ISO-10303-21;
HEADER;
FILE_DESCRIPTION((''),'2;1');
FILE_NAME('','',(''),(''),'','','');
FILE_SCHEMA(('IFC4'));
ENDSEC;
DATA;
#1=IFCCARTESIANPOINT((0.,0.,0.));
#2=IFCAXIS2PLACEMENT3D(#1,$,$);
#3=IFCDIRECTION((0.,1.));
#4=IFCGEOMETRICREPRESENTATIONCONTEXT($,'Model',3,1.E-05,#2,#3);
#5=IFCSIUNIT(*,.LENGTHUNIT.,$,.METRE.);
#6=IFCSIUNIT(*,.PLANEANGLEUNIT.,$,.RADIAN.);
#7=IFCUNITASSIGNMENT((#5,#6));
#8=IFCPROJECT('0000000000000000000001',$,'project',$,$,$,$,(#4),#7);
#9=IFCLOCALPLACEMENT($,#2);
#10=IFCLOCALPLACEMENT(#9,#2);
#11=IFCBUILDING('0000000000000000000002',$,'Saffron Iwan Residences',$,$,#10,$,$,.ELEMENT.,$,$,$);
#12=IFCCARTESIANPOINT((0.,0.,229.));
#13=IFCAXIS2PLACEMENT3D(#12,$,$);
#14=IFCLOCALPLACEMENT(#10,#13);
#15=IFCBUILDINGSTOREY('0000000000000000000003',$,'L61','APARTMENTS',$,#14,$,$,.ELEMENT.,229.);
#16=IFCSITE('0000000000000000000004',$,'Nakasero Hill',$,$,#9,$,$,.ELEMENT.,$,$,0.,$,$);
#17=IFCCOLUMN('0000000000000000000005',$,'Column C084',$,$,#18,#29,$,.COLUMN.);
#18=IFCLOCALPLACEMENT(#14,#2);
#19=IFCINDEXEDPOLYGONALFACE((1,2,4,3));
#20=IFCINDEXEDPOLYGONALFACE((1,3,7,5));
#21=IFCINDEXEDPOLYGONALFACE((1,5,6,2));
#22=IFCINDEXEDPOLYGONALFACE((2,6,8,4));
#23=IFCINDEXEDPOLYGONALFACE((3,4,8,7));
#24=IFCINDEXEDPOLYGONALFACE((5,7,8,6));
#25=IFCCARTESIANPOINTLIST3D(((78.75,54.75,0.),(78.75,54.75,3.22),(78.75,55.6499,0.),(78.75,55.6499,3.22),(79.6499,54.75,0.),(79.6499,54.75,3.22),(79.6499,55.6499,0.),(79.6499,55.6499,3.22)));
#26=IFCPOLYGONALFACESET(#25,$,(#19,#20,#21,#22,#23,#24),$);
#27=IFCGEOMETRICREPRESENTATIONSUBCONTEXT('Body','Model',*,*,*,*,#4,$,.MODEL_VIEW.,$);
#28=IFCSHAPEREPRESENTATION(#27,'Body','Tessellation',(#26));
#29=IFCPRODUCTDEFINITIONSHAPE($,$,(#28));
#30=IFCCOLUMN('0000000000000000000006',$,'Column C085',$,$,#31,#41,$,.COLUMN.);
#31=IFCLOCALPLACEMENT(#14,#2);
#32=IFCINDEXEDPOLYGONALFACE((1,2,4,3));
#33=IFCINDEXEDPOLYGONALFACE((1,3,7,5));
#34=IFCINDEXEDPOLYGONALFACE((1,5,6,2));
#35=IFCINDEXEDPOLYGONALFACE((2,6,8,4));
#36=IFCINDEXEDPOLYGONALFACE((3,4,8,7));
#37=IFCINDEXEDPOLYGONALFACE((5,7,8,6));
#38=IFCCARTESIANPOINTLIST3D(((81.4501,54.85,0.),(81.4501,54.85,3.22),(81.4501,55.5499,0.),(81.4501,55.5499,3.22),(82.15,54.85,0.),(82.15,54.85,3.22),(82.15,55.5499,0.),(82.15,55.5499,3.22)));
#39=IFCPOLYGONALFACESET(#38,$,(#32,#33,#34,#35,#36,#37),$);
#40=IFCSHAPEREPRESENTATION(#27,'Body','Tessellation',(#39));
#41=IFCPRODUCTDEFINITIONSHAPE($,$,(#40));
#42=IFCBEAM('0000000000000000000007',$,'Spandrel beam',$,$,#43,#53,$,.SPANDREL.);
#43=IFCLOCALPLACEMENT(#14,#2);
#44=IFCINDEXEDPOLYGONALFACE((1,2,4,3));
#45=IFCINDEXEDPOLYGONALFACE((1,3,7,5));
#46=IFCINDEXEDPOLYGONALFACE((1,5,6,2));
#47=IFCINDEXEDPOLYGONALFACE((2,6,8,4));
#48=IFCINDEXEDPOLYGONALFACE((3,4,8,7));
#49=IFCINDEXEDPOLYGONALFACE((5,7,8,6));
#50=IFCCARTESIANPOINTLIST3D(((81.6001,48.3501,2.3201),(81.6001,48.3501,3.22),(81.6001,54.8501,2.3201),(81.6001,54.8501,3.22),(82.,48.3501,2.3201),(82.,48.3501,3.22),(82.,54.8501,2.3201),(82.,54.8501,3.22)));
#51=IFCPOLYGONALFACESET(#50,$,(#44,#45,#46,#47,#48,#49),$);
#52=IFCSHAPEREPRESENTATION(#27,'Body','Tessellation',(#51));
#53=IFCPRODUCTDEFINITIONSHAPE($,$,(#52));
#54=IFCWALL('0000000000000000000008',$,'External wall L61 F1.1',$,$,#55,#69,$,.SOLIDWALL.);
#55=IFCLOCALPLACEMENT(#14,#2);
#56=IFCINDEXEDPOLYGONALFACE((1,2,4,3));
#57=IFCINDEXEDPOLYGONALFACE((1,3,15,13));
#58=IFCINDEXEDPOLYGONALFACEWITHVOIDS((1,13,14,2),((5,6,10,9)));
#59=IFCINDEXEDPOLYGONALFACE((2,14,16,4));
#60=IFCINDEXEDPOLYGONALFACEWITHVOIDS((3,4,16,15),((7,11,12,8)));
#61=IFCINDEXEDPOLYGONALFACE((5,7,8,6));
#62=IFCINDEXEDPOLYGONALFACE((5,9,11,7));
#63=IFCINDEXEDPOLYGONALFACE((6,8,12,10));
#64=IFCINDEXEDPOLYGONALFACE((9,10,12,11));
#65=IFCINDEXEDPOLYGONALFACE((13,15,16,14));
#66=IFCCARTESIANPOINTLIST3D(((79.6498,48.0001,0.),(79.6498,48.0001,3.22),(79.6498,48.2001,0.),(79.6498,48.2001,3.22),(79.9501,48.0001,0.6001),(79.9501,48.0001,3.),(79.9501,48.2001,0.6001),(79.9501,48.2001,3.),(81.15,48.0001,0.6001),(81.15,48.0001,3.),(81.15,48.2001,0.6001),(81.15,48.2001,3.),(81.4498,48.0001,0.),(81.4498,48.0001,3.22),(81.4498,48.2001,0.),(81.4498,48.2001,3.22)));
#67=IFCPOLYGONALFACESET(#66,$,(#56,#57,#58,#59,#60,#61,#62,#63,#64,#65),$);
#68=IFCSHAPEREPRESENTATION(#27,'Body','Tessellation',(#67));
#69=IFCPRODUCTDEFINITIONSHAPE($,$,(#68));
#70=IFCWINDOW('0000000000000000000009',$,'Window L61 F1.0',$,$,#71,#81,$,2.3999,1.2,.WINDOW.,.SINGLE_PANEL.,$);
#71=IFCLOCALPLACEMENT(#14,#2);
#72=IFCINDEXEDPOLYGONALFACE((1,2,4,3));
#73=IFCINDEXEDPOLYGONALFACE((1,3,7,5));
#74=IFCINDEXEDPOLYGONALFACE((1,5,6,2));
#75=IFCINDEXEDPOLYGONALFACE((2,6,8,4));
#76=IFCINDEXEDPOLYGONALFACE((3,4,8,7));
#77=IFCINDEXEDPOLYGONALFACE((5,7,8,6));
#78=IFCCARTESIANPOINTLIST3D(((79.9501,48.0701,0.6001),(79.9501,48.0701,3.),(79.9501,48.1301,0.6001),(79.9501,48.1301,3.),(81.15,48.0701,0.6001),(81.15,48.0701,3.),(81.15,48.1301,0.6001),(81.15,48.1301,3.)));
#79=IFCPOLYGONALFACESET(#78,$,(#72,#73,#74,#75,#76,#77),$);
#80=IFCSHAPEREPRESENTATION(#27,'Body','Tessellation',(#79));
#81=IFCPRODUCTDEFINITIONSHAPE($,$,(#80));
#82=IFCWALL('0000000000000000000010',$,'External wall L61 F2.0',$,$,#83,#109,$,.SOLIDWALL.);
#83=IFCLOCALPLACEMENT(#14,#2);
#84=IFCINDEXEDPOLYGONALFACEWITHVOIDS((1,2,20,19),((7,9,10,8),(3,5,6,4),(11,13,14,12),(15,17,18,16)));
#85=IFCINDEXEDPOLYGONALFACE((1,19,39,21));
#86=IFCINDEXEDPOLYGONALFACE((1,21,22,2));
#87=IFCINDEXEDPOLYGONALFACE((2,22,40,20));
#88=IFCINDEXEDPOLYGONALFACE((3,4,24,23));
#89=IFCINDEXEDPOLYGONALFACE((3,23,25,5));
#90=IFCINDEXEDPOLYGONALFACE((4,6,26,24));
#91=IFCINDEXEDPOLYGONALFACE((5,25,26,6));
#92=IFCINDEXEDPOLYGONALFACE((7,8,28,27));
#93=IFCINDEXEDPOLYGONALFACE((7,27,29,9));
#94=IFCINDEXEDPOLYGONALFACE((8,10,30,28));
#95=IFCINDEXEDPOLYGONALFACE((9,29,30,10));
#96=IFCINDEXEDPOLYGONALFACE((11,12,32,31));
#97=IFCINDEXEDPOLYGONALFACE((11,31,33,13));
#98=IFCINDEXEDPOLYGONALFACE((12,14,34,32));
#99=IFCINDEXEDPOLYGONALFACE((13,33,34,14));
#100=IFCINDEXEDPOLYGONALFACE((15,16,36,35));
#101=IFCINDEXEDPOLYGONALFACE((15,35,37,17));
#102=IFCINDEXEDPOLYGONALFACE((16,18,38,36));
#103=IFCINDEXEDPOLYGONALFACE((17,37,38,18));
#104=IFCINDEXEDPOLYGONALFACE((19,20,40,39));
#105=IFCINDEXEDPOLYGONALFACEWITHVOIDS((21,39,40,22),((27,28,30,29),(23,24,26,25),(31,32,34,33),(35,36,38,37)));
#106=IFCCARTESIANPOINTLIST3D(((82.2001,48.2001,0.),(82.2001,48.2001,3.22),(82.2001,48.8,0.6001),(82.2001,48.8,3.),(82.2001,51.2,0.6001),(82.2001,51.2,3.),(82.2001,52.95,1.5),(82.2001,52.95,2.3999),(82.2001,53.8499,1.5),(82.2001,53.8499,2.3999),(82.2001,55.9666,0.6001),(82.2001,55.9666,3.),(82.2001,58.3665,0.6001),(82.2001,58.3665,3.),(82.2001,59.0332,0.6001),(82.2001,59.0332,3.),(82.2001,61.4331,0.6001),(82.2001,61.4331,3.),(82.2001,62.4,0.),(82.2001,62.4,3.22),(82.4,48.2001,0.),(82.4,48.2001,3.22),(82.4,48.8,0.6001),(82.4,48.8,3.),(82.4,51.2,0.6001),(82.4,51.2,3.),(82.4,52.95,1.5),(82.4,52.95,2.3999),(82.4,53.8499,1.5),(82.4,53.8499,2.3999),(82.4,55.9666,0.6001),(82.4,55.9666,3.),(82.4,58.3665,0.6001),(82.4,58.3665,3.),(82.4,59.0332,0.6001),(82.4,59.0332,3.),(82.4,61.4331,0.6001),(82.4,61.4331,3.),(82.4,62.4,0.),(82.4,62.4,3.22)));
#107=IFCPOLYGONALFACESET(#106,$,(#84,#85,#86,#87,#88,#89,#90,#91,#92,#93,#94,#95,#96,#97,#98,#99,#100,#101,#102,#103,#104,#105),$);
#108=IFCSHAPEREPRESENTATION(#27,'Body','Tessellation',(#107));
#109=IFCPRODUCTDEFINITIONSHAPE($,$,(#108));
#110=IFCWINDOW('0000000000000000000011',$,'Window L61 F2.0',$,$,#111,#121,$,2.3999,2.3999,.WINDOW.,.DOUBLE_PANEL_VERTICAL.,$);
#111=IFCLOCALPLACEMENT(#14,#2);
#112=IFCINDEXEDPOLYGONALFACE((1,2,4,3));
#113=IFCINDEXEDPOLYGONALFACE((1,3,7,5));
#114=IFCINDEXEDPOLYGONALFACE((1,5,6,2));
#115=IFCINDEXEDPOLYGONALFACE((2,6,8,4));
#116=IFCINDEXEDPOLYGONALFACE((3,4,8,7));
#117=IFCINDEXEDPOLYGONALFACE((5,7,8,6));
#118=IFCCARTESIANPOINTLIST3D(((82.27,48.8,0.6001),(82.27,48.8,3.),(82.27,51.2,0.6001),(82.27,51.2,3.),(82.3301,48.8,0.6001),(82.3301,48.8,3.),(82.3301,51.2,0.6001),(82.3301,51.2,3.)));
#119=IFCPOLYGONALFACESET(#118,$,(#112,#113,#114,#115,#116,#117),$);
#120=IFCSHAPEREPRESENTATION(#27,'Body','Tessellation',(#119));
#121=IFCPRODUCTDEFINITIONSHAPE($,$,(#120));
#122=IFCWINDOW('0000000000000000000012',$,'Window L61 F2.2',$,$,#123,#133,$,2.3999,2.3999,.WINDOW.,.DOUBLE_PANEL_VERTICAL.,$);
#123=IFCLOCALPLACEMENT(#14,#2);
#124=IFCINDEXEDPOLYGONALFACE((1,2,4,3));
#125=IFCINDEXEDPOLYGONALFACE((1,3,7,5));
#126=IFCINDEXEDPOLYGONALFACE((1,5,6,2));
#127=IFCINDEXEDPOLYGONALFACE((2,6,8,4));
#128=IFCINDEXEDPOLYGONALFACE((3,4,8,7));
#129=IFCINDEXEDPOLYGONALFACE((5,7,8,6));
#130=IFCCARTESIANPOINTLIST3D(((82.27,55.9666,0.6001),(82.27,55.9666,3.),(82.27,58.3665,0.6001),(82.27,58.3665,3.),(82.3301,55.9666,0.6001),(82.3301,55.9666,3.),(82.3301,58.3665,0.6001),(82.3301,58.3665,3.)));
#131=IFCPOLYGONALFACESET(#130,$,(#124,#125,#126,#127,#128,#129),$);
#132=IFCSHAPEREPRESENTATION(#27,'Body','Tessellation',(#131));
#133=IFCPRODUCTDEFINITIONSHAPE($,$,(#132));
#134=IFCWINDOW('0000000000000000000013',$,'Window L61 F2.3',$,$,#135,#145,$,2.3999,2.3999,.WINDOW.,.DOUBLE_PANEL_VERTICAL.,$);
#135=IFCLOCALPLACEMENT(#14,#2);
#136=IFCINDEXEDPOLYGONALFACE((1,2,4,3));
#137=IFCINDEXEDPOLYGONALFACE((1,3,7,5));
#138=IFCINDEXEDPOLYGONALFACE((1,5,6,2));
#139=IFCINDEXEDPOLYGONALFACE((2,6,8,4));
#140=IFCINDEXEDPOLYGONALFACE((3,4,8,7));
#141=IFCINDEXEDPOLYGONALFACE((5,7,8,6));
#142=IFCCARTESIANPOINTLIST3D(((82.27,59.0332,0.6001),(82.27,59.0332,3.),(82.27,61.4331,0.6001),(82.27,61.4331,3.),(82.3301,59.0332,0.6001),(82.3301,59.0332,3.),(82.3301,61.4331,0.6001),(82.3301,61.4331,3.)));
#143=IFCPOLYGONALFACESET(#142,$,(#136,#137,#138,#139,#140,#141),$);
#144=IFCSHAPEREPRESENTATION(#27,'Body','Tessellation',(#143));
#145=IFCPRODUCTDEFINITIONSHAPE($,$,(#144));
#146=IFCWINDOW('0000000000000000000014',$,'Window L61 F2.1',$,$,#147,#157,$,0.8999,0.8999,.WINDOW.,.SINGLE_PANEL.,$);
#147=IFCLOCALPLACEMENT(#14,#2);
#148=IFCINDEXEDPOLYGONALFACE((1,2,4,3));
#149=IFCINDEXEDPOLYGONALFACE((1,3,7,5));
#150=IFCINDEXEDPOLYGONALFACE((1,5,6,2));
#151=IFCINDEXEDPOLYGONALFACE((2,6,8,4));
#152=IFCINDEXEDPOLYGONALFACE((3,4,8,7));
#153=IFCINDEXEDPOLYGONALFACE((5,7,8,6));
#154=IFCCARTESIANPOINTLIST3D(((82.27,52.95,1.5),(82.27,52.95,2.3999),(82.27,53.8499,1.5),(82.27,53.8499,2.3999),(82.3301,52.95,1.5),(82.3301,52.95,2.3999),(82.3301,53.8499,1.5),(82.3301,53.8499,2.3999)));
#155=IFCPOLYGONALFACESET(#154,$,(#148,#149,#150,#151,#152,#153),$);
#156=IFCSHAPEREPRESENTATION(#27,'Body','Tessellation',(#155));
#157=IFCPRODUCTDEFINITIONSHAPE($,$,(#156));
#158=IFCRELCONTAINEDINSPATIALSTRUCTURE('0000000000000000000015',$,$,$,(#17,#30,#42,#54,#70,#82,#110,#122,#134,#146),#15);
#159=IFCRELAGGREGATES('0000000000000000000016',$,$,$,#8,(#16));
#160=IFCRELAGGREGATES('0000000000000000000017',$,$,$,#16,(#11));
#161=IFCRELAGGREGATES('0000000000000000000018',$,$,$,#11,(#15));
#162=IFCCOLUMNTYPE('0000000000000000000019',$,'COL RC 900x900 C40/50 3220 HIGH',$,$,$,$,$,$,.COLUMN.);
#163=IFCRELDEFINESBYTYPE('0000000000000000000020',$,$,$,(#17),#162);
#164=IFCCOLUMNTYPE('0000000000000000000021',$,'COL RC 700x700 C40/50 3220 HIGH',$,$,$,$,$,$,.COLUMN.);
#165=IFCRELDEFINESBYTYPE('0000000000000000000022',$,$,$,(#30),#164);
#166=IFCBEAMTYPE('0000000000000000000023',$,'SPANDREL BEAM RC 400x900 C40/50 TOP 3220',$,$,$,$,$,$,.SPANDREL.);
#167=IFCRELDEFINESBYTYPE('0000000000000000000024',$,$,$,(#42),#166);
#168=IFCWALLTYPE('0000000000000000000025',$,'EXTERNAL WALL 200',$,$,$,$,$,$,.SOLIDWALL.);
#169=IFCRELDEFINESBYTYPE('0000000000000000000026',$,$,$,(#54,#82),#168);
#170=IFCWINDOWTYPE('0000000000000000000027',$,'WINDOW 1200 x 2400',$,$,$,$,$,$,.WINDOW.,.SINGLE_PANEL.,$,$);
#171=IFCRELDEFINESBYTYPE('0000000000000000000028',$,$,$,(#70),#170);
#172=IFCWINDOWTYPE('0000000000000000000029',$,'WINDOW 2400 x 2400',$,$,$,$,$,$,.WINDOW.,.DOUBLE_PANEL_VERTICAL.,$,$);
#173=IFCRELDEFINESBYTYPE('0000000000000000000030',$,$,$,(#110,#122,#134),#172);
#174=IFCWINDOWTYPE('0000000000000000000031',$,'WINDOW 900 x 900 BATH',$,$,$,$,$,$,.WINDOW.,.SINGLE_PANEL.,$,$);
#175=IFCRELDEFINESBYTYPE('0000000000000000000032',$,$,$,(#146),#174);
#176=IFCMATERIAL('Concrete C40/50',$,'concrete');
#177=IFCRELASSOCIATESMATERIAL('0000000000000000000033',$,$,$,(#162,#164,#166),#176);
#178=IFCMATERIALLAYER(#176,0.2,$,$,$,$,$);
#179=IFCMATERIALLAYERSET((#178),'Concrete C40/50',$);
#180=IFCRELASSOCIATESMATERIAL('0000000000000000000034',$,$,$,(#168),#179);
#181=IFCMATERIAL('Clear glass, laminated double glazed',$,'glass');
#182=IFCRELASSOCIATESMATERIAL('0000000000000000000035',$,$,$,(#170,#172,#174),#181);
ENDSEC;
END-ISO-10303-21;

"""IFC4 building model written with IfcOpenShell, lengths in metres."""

from ifc_helpers import new_model, si_unit, direction, frame, frame_2d, origin, origin_2d, place, context, subcontext, project, spatial, rectangle, extrude, source, transform, mapped, material, layer, layer_set, material_profile, profile_set, type_object, element, fill, save


model = new_model("IFC4")

# Units and contexts
model_context = context("Model", 3, precision=1e-05, world=origin(), true_north=direction((0.0, 1.0)))
body_context = subcontext(model_context, "Body", "Model", "MODEL_VIEW")
ifc_project = project(units=[si_unit("LENGTHUNIT", "METRE"), si_unit("PLANEANGLEUNIT", "RADIAN")], contexts=[model_context])

# Site, building, storey
site_placement = place(None, origin())
site = spatial("IfcSite", under=ifc_project, at=site_placement, Name="Nakasero Hill", CompositionType="ELEMENT", RefElevation=0.0)
building_placement = place(site_placement, origin())
building = spatial("IfcBuilding", under=site, at=building_placement, Name="Saffron Iwan Residences", CompositionType="ELEMENT")
storey_placement = place(building_placement, frame((0.0, 0.0, 229.0)))
storey = spatial("IfcBuildingStorey", under=building, at=storey_placement, Name="L61", Description="APARTMENTS", CompositionType="ELEMENT", Elevation=229.0)

# Columns
ifc_material_1 = material(Name="Concrete C40/50", Category="concrete")
ifc_material_profile_1 = material_profile(ifc_material_1, rectangle(XDim=0.8999, YDim=0.8999, at=origin_2d()), Name="RC 900x900")
ifc_profile_set_1 = profile_set([ifc_material_profile_1], Name="Concrete C40/50")
column_type_1 = type_object("IfcColumnType", Name="COL RC 900x900 C40/50 3220 HIGH", PredefinedType="COLUMN", material=ifc_profile_set_1)
shared_shape_1 = source(origin(), body_context, "Body", "SweptSolid", [
    extrude(rectangle(XDim=0.8999, YDim=0.8999, at=origin_2d()), origin(), (0.0, 0.0, 1.0), 3.22),
])
column_1_placement = place(storey_placement, frame((79.2, 55.2, 0.0), z_axis=(0.0, 0.0, 1.0), x_axis=(1.0, 0.0, 0.0)))
element("IfcColumn", 1, at=column_1_placement, inside=storey, type_object=column_type_1, Name="Column C084", PredefinedType="COLUMN", context=body_context, shape_type="MappedRepresentation", body=[
    mapped(shared_shape_1, transform((0.0, 0.0, 0.0))),
])
ifc_material_profile_2 = material_profile(ifc_material_1, rectangle(XDim=0.7, YDim=0.7, at=origin_2d()), Name="RC 700x700")
ifc_profile_set_2 = profile_set([ifc_material_profile_2], Name="Concrete C40/50")
column_type_2 = type_object("IfcColumnType", Name="COL RC 700x700 C40/50 3220 HIGH", PredefinedType="COLUMN", material=ifc_profile_set_2)
shared_shape_2 = source(origin(), body_context, "Body", "SweptSolid", [
    extrude(rectangle(XDim=0.7, YDim=0.7, at=origin_2d()), origin(), (0.0, 0.0, 1.0), 3.22),
])
column_2_placement = place(storey_placement, frame((81.8, 55.2, 0.0), z_axis=(0.0, 0.0, 1.0), x_axis=(1.0, 0.0, 0.0)))
element("IfcColumn", 2, at=column_2_placement, inside=storey, type_object=column_type_2, Name="Column C085", PredefinedType="COLUMN", context=body_context, shape_type="MappedRepresentation", body=[
    mapped(shared_shape_2, transform((0.0, 0.0, 0.0))),
])

# Beam
ifc_material_profile_3 = material_profile(ifc_material_1, rectangle(XDim=0.3999, YDim=0.8999, at=origin_2d()), Name="RC 400x900")
ifc_profile_set_3 = profile_set([ifc_material_profile_3], Name="Concrete C40/50")
beam_type = type_object("IfcBeamType", Name="SPANDREL BEAM RC 400x900 C40/50 TOP 3220", PredefinedType="SPANDREL", material=ifc_profile_set_3)
shared_shape_3 = source(origin(), body_context, "Body", "SweptSolid", [
    extrude(rectangle(XDim=0.3999, YDim=0.8999, at=origin_2d()), origin(), (0.0, 0.0, 1.0), 6.5),
])
beam_placement = place(storey_placement, frame((81.8, 54.8501, 2.77), z_axis=(0.0, -1.0, 0.0), x_axis=(1.0, 0.0, 0.0)))
element("IfcBeam", 3, at=beam_placement, inside=storey, type_object=beam_type, Name="Spandrel beam", PredefinedType="SPANDREL", context=body_context, shape_type="MappedRepresentation", body=[
    mapped(shared_shape_3, transform((0.0, 0.0, 0.0))),
])

# Wall, opening, window
ifc_layer_1 = layer(ifc_material_1, 0.2)
ifc_layer_set_1 = layer_set([ifc_layer_1], Name="Concrete C40/50")
wall_type_1 = type_object("IfcWallType", Name="EXTERNAL WALL 200", PredefinedType="SOLIDWALL", material=ifc_layer_set_1)
wall_1_placement = place(storey_placement, frame((79.6499, 48.1001, 0.0), z_axis=(0.0, 0.0, 1.0), x_axis=(1.0, 0.0, 0.0)))
wall_1 = element("IfcWall", 4, at=wall_1_placement, inside=storey, type_object=wall_type_1, Name="External wall L61 F1.1", PredefinedType="SOLIDWALL", context=body_context, shape_type="SweptSolid", body=[
    extrude(rectangle(XDim=1.8, YDim=0.2, at=frame_2d((0.8999, 0.0))), origin(), (0.0, 0.0, 1.0), 3.22),
])
opening_1_placement = place(wall_1_placement, frame((0.3, 0.0, 0.6001)))
opening_1 = element("IfcOpeningElement", 5, at=opening_1_placement, cuts=wall_1, PredefinedType="OPENING", context=body_context, shape_type="SweptSolid", body=[
    extrude(rectangle(XDim=1.2, YDim=2.3999, at=frame_2d((0.6001, 1.2))), frame((0.0, 0.1099, 0.0), z_axis=(0.0, -1.0, 0.0), x_axis=(1.0, 0.0, 0.0)), (0.0, 0.0, 1.0), 0.22),
])
ifc_material_2 = material(Name="Clear glass, laminated double glazed", Category="glass")
window_type_1 = type_object("IfcWindowType", Name="WINDOW 1200 x 2400", PartitioningType="SINGLE_PANEL", PredefinedType="WINDOW", material=ifc_material_2)
window_1_placement = place(opening_1_placement, origin())
window_1 = element("IfcWindow", 6, at=window_1_placement, inside=storey, type_object=window_type_1, Name="Window L61 F1.0", OverallHeight=2.3999, OverallWidth=1.2, PartitioningType="SINGLE_PANEL", PredefinedType="WINDOW", context=body_context, shape_type="SweptSolid", body=[
    extrude(rectangle(XDim=1.2, YDim=2.3999, at=frame_2d((0.6001, 1.2))), frame((0.0, 0.03, 0.0), z_axis=(0.0, -1.0, 0.0), x_axis=(1.0, 0.0, 0.0)), (0.0, 0.0, 1.0), 0.0601),
])
fill(opening_1, window_1)

# Wall, openings, windows
wall_2_placement = place(storey_placement, frame((82.3, 48.2, 0.0), z_axis=(0.0, 0.0, 1.0), x_axis=(0.0, 1.0, 0.0)))
wall_2 = element("IfcWall", 7, at=wall_2_placement, inside=storey, type_object=wall_type_1, Name="External wall L61 F2.0", PredefinedType="SOLIDWALL", context=body_context, shape_type="SweptSolid", body=[
    extrude(rectangle(XDim=14.2, YDim=0.2, at=frame_2d((7.1001, 0.0))), origin(), (0.0, 0.0, 1.0), 3.22),
])
opening_2_placement = place(wall_2_placement, frame((0.6001, 0.0, 0.6001)))
opening_2 = element("IfcOpeningElement", 8, at=opening_2_placement, cuts=wall_2, PredefinedType="OPENING", context=body_context, shape_type="SweptSolid", body=[
    extrude(rectangle(XDim=2.3999, YDim=2.3999, at=frame_2d((1.2, 1.2))), frame((0.0, 0.1099, 0.0), z_axis=(0.0, -1.0, 0.0), x_axis=(1.0, 0.0, 0.0)), (0.0, 0.0, 1.0), 0.22),
])
opening_3_placement = place(wall_2_placement, frame((4.75, 0.0, 1.5)))
opening_3 = element("IfcOpeningElement", 9, at=opening_3_placement, cuts=wall_2, PredefinedType="OPENING", context=body_context, shape_type="SweptSolid", body=[
    extrude(rectangle(XDim=0.8999, YDim=0.8999, at=frame_2d((0.45, 0.45))), frame((0.0, 0.1099, 0.0), z_axis=(0.0, -1.0, 0.0), x_axis=(1.0, 0.0, 0.0)), (0.0, 0.0, 1.0), 0.22),
])
opening_4_placement = place(wall_2_placement, frame((7.7666, 0.0, 0.6001)))
opening_4 = element("IfcOpeningElement", 10, at=opening_4_placement, cuts=wall_2, PredefinedType="OPENING", context=body_context, shape_type="SweptSolid", body=[
    extrude(rectangle(XDim=2.3999, YDim=2.3999, at=frame_2d((1.2, 1.2))), frame((0.0, 0.1099, 0.0), z_axis=(0.0, -1.0, 0.0), x_axis=(1.0, 0.0, 0.0)), (0.0, 0.0, 1.0), 0.22),
])
opening_5_placement = place(wall_2_placement, frame((10.8333, 0.0, 0.6001)))
opening_5 = element("IfcOpeningElement", 11, at=opening_5_placement, cuts=wall_2, PredefinedType="OPENING", context=body_context, shape_type="SweptSolid", body=[
    extrude(rectangle(XDim=2.3999, YDim=2.3999, at=frame_2d((1.2, 1.2))), frame((0.0, 0.1099, 0.0), z_axis=(0.0, -1.0, 0.0), x_axis=(1.0, 0.0, 0.0)), (0.0, 0.0, 1.0), 0.22),
])
window_type_2 = type_object("IfcWindowType", Name="WINDOW 2400 x 2400", PartitioningType="DOUBLE_PANEL_VERTICAL", PredefinedType="WINDOW", material=ifc_material_2)
window_2_placement = place(opening_2_placement, origin())
window_2 = element("IfcWindow", 12, at=window_2_placement, inside=storey, type_object=window_type_2, Name="Window L61 F2.0", OverallHeight=2.3999, OverallWidth=2.3999, PartitioningType="DOUBLE_PANEL_VERTICAL", PredefinedType="WINDOW", context=body_context, shape_type="SweptSolid", body=[
    extrude(rectangle(XDim=2.3999, YDim=2.3999, at=frame_2d((1.2, 1.2))), frame((0.0, 0.03, 0.0), z_axis=(0.0, -1.0, 0.0), x_axis=(1.0, 0.0, 0.0)), (0.0, 0.0, 1.0), 0.0601),
])
fill(opening_2, window_2)
window_3_placement = place(opening_4_placement, origin())
window_3 = element("IfcWindow", 13, at=window_3_placement, inside=storey, type_object=window_type_2, Name="Window L61 F2.2", OverallHeight=2.3999, OverallWidth=2.3999, PartitioningType="DOUBLE_PANEL_VERTICAL", PredefinedType="WINDOW", context=body_context, shape_type="SweptSolid", body=[
    extrude(rectangle(XDim=2.3999, YDim=2.3999, at=frame_2d((1.2, 1.2))), frame((0.0, 0.03, 0.0), z_axis=(0.0, -1.0, 0.0), x_axis=(1.0, 0.0, 0.0)), (0.0, 0.0, 1.0), 0.0601),
])
fill(opening_4, window_3)
window_4_placement = place(opening_5_placement, origin())
window_4 = element("IfcWindow", 14, at=window_4_placement, inside=storey, type_object=window_type_2, Name="Window L61 F2.3", OverallHeight=2.3999, OverallWidth=2.3999, PartitioningType="DOUBLE_PANEL_VERTICAL", PredefinedType="WINDOW", context=body_context, shape_type="SweptSolid", body=[
    extrude(rectangle(XDim=2.3999, YDim=2.3999, at=frame_2d((1.2, 1.2))), frame((0.0, 0.03, 0.0), z_axis=(0.0, -1.0, 0.0), x_axis=(1.0, 0.0, 0.0)), (0.0, 0.0, 1.0), 0.0601),
])
fill(opening_5, window_4)
window_type_3 = type_object("IfcWindowType", Name="WINDOW 900 x 900 BATH", PartitioningType="SINGLE_PANEL", PredefinedType="WINDOW", material=ifc_material_2)
window_5_placement = place(opening_3_placement, origin())
window_5 = element("IfcWindow", 15, at=window_5_placement, inside=storey, type_object=window_type_3, Name="Window L61 F2.1", OverallHeight=0.8999, OverallWidth=0.8999, PartitioningType="SINGLE_PANEL", PredefinedType="WINDOW", context=body_context, shape_type="SweptSolid", body=[
    extrude(rectangle(XDim=0.8999, YDim=0.8999, at=frame_2d((0.45, 0.45))), frame((0.0, 0.03, 0.0), z_axis=(0.0, -1.0, 0.0), x_axis=(1.0, 0.0, 0.0)), (0.0, 0.0, 1.0), 0.0601),
])
fill(opening_3, window_5)

save(model, "model.ifc")
